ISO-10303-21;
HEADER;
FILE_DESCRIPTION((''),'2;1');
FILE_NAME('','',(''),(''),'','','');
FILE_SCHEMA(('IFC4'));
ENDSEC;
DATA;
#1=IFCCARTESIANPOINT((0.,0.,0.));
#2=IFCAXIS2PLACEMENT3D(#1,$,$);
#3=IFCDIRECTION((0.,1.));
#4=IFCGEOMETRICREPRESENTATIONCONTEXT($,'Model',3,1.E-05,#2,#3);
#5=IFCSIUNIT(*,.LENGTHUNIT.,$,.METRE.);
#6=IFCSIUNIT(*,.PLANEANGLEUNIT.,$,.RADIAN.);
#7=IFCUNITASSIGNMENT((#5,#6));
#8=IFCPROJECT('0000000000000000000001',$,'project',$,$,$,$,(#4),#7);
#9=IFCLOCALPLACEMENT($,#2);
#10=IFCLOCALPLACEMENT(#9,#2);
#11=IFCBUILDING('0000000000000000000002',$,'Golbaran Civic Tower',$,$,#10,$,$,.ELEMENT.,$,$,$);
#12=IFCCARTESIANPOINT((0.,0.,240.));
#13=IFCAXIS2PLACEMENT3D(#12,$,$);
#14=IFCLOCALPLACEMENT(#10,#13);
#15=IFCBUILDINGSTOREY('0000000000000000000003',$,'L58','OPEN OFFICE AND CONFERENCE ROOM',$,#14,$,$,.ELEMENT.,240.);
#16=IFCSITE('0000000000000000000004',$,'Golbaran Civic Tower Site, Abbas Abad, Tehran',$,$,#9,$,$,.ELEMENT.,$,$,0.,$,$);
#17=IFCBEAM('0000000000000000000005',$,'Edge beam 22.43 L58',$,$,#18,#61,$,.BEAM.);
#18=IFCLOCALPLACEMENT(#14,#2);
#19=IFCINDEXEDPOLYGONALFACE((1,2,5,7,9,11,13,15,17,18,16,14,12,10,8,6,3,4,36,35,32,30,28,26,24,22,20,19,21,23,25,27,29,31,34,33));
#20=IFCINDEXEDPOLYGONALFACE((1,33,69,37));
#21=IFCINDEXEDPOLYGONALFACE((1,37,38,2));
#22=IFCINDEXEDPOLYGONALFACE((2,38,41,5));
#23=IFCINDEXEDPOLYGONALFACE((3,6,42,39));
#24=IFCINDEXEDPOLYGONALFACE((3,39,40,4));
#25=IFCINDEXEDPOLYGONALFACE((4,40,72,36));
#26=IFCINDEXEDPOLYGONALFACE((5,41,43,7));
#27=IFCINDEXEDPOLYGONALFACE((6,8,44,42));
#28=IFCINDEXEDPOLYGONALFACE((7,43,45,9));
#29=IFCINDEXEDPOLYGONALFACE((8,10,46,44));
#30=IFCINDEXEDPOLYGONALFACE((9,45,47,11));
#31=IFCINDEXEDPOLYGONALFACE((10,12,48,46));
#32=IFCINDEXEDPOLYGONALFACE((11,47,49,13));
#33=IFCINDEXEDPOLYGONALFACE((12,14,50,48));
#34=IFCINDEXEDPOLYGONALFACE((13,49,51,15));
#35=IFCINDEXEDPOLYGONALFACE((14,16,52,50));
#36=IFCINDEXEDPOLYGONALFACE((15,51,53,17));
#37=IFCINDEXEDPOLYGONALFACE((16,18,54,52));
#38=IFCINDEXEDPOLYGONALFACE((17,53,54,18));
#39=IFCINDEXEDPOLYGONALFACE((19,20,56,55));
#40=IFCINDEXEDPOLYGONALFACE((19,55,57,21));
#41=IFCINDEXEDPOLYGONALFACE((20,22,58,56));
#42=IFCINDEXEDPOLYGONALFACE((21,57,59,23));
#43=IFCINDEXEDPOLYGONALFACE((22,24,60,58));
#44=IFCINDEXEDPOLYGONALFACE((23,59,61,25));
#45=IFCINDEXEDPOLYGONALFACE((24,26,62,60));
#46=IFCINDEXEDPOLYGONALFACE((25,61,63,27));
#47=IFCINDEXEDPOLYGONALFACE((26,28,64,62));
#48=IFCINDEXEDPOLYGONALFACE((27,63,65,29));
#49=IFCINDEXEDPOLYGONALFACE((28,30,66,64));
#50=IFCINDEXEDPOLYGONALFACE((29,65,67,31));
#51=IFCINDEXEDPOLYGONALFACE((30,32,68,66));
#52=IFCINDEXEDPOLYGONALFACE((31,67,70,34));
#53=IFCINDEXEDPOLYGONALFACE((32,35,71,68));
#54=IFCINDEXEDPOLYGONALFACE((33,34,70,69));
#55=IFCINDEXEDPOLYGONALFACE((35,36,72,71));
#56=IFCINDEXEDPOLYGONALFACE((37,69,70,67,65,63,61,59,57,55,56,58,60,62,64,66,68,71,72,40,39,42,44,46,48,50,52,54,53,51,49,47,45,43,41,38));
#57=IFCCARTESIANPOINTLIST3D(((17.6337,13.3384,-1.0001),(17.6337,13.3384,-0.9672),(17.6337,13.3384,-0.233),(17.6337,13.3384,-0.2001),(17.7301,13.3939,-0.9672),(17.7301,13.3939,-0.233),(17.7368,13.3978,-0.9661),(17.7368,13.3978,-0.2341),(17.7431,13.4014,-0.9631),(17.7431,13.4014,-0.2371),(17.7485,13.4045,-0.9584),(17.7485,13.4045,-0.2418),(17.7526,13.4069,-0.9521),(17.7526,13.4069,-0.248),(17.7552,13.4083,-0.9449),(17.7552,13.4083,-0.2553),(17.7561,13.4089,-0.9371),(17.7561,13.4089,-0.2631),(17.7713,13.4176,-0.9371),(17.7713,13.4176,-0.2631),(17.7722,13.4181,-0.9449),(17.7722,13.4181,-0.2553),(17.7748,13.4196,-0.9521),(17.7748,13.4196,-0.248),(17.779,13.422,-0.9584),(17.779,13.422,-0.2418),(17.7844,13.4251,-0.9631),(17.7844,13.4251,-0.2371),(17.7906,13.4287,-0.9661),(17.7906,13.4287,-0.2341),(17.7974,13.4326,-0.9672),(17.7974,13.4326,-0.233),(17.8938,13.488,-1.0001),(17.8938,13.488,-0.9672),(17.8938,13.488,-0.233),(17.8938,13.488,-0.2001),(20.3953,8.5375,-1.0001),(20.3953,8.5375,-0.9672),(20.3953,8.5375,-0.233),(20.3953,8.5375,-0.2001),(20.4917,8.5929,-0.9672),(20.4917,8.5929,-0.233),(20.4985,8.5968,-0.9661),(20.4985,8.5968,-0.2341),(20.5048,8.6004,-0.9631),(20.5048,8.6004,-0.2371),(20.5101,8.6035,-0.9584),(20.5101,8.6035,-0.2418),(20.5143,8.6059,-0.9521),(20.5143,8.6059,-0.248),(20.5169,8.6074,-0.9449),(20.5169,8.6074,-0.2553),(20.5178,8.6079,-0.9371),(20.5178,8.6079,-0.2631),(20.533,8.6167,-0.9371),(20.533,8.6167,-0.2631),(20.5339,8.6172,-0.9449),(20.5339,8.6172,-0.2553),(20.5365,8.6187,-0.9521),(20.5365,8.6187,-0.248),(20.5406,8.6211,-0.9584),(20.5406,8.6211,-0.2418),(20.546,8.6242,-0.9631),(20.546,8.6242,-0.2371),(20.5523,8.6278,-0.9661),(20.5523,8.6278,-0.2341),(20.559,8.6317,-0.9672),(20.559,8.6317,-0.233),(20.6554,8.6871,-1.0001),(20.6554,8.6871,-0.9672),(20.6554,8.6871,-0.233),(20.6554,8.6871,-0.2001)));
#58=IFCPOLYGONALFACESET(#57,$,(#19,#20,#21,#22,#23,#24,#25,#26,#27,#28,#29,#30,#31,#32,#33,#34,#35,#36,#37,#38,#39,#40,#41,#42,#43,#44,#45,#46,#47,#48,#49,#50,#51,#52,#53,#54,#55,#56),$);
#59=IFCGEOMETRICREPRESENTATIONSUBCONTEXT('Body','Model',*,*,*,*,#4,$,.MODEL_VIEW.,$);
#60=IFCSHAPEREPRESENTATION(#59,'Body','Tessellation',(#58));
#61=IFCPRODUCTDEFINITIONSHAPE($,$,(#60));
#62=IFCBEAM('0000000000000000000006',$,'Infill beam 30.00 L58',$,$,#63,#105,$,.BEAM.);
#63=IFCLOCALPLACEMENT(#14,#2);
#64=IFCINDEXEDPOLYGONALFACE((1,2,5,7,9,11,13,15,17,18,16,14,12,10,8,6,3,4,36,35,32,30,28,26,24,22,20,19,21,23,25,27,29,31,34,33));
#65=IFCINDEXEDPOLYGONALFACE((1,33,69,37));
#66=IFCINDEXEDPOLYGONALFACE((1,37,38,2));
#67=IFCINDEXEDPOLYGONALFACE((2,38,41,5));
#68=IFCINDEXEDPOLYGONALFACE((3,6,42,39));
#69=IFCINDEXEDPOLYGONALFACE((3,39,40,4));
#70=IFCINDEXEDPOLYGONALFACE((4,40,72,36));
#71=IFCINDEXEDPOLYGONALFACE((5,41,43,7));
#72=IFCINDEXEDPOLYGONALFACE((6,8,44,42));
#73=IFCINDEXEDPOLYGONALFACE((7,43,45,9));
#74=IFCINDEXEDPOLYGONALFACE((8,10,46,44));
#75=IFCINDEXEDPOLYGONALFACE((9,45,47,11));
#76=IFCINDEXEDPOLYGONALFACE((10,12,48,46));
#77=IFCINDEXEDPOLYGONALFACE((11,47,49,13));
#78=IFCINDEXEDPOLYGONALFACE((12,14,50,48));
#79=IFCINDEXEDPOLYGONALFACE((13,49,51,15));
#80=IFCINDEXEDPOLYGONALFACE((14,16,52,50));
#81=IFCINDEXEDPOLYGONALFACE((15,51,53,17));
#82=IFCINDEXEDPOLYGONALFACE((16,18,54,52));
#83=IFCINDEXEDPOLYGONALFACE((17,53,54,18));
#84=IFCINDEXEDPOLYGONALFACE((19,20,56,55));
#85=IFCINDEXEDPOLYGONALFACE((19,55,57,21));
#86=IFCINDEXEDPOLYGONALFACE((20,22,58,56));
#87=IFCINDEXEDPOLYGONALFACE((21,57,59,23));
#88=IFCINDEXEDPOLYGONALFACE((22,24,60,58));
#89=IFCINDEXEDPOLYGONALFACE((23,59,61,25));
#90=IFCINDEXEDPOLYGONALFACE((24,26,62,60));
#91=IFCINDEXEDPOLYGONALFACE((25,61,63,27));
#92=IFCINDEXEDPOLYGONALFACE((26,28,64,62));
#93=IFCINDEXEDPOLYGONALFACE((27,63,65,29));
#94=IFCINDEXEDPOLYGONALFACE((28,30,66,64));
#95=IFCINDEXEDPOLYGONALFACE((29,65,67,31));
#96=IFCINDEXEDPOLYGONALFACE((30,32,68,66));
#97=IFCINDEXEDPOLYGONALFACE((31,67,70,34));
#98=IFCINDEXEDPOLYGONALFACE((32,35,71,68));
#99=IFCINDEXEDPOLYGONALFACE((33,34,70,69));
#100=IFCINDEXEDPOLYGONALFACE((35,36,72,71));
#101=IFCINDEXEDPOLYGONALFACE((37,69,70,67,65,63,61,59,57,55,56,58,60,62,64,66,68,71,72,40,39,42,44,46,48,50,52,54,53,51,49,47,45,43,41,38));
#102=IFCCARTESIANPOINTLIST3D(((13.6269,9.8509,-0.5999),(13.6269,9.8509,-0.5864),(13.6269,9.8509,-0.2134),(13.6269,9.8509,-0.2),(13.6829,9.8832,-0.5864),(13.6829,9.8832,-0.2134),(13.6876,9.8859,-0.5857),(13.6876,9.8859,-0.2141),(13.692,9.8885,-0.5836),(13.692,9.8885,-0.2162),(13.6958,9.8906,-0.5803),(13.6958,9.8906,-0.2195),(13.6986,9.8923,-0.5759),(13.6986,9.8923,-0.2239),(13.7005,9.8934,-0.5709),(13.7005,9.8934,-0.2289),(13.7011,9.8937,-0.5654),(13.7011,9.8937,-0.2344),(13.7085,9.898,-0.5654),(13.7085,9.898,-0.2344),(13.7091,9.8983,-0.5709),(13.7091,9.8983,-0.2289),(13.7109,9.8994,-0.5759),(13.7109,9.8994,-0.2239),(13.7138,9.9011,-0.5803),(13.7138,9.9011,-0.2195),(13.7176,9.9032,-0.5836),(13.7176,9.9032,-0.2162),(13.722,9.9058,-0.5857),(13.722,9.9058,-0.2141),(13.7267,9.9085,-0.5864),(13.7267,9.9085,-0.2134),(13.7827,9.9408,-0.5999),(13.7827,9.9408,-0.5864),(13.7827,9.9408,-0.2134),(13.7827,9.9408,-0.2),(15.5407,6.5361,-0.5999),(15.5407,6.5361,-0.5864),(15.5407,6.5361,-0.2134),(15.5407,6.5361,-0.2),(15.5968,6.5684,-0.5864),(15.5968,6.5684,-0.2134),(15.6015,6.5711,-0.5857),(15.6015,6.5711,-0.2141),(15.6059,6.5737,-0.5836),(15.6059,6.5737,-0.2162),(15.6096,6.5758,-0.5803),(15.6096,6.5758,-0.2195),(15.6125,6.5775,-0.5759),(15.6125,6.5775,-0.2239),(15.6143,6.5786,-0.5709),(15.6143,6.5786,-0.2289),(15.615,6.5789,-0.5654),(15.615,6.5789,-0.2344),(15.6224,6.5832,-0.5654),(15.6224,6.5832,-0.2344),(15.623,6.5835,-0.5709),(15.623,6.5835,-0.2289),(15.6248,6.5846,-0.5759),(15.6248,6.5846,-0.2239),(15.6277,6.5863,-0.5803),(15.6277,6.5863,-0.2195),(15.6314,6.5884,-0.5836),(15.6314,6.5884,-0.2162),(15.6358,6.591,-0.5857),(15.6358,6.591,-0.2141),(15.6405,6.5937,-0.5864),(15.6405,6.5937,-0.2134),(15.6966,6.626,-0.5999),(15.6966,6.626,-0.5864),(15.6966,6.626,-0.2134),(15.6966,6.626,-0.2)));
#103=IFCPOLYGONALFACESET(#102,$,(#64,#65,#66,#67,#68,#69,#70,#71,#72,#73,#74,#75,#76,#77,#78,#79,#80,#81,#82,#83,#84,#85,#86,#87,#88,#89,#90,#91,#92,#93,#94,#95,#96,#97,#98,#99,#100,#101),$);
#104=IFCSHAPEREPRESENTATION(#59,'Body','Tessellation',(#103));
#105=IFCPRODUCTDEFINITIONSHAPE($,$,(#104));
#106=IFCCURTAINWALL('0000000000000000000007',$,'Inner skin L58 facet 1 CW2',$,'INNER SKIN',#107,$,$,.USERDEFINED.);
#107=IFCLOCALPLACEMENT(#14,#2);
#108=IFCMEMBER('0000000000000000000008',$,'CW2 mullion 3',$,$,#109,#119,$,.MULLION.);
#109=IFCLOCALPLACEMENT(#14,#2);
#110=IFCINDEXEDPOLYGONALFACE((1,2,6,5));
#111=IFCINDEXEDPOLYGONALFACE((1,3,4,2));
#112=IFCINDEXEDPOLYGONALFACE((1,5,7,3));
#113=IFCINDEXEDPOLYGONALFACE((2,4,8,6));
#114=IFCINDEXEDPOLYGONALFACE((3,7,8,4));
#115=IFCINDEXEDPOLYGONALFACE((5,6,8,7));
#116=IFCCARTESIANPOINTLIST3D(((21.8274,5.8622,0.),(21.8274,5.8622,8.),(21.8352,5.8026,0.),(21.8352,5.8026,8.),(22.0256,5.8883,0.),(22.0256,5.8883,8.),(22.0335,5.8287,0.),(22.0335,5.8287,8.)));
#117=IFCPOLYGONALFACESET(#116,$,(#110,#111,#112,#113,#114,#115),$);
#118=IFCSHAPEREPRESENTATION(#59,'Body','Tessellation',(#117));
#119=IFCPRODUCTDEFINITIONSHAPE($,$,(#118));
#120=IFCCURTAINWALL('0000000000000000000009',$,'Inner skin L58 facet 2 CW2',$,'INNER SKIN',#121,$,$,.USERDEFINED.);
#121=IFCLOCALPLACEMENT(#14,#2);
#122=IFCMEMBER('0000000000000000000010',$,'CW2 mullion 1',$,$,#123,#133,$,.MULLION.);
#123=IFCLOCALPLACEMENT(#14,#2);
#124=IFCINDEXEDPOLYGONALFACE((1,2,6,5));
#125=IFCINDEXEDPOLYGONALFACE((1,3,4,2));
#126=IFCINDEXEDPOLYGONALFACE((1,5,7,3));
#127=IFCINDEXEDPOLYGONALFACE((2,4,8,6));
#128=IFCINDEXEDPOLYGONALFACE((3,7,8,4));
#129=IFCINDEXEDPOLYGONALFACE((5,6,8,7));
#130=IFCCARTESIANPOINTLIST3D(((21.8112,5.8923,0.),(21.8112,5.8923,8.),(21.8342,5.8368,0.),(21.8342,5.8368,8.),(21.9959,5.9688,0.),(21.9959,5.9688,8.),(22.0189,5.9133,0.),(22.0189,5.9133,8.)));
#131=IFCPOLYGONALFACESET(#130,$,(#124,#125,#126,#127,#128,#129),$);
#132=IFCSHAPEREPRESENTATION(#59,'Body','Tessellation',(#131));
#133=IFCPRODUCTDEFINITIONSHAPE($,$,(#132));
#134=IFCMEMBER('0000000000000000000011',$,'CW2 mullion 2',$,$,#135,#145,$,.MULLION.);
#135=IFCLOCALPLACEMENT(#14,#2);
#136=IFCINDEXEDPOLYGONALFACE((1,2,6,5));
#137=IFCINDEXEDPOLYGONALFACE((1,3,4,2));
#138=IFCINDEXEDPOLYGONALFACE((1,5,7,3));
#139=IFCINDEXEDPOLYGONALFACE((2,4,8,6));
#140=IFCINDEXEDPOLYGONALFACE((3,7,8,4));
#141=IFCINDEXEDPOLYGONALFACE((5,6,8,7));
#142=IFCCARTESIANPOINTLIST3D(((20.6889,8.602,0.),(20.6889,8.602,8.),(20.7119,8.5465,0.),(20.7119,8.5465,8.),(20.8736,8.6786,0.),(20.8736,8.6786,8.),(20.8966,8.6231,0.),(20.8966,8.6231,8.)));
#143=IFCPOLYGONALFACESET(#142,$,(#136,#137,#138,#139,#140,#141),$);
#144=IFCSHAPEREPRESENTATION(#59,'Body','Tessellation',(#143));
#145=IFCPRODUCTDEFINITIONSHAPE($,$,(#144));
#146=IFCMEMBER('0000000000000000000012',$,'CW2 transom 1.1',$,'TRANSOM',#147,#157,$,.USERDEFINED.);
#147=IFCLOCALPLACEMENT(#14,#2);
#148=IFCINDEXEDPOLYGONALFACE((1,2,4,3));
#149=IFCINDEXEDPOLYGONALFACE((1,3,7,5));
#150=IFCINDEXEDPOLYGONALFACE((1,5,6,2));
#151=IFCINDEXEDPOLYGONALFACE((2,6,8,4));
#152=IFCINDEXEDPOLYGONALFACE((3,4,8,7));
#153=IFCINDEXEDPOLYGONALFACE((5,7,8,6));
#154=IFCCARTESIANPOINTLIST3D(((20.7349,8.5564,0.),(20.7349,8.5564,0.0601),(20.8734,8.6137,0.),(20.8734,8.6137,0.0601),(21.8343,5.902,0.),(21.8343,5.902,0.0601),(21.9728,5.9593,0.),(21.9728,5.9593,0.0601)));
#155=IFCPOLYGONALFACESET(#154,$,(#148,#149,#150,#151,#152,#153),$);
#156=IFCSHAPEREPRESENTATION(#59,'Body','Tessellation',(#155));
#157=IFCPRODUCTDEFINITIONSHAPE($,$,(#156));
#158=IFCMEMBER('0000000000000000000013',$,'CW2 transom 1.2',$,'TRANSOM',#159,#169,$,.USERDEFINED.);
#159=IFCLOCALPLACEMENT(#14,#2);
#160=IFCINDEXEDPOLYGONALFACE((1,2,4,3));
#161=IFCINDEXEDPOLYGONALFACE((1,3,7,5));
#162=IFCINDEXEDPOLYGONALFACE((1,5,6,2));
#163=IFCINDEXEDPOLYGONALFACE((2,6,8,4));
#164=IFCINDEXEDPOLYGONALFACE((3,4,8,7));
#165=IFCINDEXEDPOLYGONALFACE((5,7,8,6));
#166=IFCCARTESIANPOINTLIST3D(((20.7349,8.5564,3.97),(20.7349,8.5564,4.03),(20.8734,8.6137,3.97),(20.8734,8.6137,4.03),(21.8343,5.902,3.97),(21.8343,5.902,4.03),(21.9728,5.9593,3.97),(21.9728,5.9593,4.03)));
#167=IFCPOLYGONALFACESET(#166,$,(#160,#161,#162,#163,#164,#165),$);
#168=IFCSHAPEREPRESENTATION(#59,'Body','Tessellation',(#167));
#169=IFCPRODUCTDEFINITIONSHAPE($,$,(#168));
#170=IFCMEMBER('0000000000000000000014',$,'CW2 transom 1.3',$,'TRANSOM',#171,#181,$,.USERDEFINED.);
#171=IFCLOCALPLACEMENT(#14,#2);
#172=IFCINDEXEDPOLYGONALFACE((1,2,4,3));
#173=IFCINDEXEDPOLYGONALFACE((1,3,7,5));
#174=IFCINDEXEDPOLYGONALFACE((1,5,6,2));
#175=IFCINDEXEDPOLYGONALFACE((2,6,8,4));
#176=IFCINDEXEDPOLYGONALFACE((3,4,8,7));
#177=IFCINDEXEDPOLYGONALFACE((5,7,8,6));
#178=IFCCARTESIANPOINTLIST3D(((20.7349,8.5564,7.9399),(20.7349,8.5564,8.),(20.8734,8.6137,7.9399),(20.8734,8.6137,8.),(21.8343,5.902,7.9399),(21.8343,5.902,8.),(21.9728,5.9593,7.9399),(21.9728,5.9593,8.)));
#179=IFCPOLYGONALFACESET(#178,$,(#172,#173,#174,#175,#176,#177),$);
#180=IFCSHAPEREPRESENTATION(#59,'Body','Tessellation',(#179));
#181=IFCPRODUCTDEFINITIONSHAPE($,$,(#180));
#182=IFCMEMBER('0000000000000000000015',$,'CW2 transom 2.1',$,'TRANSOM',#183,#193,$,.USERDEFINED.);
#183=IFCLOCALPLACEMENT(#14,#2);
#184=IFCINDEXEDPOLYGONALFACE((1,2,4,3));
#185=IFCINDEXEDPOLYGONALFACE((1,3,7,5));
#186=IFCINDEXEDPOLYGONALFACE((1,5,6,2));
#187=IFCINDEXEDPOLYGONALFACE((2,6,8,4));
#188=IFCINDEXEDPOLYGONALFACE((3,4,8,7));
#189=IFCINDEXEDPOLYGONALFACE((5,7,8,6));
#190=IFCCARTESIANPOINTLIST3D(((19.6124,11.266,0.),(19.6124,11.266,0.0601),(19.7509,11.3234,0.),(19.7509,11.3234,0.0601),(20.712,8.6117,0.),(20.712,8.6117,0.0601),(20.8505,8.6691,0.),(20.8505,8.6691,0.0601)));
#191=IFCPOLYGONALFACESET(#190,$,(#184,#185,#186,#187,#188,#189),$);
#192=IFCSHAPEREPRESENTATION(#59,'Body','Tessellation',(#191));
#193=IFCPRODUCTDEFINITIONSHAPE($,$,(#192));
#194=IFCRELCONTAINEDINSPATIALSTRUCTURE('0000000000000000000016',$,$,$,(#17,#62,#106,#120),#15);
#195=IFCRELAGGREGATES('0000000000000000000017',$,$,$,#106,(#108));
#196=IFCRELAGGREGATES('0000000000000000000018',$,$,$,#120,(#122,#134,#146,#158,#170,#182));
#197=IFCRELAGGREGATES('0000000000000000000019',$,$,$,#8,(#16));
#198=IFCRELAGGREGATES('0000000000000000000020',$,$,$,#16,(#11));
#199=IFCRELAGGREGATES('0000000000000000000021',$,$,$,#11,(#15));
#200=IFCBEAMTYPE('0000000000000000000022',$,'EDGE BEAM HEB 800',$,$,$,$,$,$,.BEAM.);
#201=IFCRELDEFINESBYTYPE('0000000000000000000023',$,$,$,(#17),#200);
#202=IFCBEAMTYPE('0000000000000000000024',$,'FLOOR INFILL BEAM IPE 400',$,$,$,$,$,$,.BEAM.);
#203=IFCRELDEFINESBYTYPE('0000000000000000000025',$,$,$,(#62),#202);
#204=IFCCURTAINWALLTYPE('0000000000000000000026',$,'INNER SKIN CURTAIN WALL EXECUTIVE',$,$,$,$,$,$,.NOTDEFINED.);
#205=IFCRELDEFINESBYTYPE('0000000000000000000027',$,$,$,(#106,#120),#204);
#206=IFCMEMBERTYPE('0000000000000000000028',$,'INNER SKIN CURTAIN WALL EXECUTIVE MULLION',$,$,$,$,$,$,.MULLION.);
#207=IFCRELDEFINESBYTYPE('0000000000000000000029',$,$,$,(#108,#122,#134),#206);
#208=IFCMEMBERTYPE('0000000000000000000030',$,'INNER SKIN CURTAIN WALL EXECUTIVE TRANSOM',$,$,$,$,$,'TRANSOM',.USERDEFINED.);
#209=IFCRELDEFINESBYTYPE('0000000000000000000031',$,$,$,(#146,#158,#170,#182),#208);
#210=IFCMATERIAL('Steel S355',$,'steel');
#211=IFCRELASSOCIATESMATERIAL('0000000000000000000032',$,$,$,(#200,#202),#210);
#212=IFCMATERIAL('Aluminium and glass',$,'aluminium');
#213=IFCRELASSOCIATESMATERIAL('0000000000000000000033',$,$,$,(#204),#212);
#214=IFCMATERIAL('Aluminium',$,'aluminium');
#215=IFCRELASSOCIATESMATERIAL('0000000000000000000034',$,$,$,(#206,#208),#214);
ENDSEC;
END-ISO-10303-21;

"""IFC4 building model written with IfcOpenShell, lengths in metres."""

from ifc_helpers import new_model, si_unit, direction, frame, origin, origin_2d, place, context, subcontext, project, spatial, rectangle, i_section, extrude, material, material_profile, profile_set, type_object, element, aggregate, save


model = new_model("IFC4")

# Units and contexts
model_context = context("Model", 3, precision=1e-05, world=origin(), true_north=direction((0.0, 1.0)))
body_context = subcontext(model_context, "Body", "Model", "MODEL_VIEW")
ifc_project = project(units=[si_unit("LENGTHUNIT", "METRE"), si_unit("PLANEANGLEUNIT", "RADIAN")], contexts=[model_context])

# Site, building, storey
site_placement = place(None, origin())
site = spatial("IfcSite", under=ifc_project, at=site_placement, Name="Golbaran Civic Tower Site, Abbas Abad, Tehran", CompositionType="ELEMENT", RefElevation=0.0)
building_placement = place(site_placement, origin())
building = spatial("IfcBuilding", under=site, at=building_placement, Name="Golbaran Civic Tower", CompositionType="ELEMENT")
storey_placement = place(building_placement, frame((0.0, 0.0, 240.0)))
storey = spatial("IfcBuildingStorey", under=building, at=storey_placement, Name="L58", Description="OPEN OFFICE AND CONFERENCE ROOM", CompositionType="ELEMENT", Elevation=240.0)

# Beams
ifc_material_1 = material(Name="Steel S355", Category="steel")
ifc_material_profile_1 = material_profile(ifc_material_1, i_section(OverallWidth=0.3, OverallDepth=0.8, WebThickness=0.0176, FlangeThickness=0.033, FilletRadius=0.03, at=origin_2d()), Name="HEB 800")
ifc_profile_set_1 = profile_set([ifc_material_profile_1], Name="Steel S355")
beam_type_1 = type_object("IfcBeamType", Name="EDGE BEAM HEB 800", PredefinedType="BEAM", material=ifc_profile_set_1)
beam_1_placement = place(storey_placement, frame((20.5254, 8.6123, -0.6001), z_axis=(-0.498624, 0.866818, 0.0), x_axis=(-0.866818, -0.498624, 0.0)))
element("IfcBeam", 1, at=beam_1_placement, inside=storey, type_object=beam_type_1, Name="Edge beam 22.43 L58", PredefinedType="BEAM", context=body_context, shape_type="SweptSolid", body=[
    extrude(i_section(OverallWidth=0.3, OverallDepth=0.8, WebThickness=0.0176, FlangeThickness=0.033, FilletRadius=0.03, at=origin_2d()), origin(), (0.0, 0.0, 1.0), 5.5386),
])
ifc_material_profile_2 = material_profile(ifc_material_1, i_section(OverallWidth=0.1799, OverallDepth=0.3999, WebThickness=0.0085, FlangeThickness=0.0134, FilletRadius=0.021, at=origin_2d()), Name="IPE 400")
ifc_profile_set_2 = profile_set([ifc_material_profile_2], Name="Steel S355")
beam_type_2 = type_object("IfcBeamType", Name="FLOOR INFILL BEAM IPE 400", PredefinedType="BEAM", material=ifc_profile_set_2)
beam_2_placement = place(storey_placement, frame((15.6187, 6.5811, -0.3999), z_axis=(-0.500015, 0.866017, 0.0), x_axis=(-0.866017, -0.500015, 0.0)))
element("IfcBeam", 2, at=beam_2_placement, inside=storey, type_object=beam_type_2, Name="Infill beam 30.00 L58", PredefinedType="BEAM", context=body_context, shape_type="SweptSolid", body=[
    extrude(i_section(OverallWidth=0.1799, OverallDepth=0.3999, WebThickness=0.0085, FlangeThickness=0.0134, FilletRadius=0.021, at=origin_2d()), origin(), (0.0, 0.0, 1.0), 3.8276),
])

# Curtain wall, member
ifc_material_2 = material(Name="Aluminium and glass", Category="aluminium")
curtain_wall_type = type_object("IfcCurtainWallType", Name="INNER SKIN CURTAIN WALL EXECUTIVE", PredefinedType="NOTDEFINED", material=ifc_material_2)
curtain_wall_1_placement = place(storey_placement, origin())
curtain_wall_1 = element("IfcCurtainWall", 3, at=curtain_wall_1_placement, inside=storey, type_object=curtain_wall_type, Name="Inner skin L58 facet 1 CW2", ObjectType="INNER SKIN", PredefinedType="USERDEFINED")
ifc_material_3 = material(Name="Aluminium", Category="aluminium")
ifc_material_profile_3 = material_profile(ifc_material_3, rectangle(XDim=0.2, YDim=0.0601, at=origin_2d()), Name="INNER SKIN CURTAIN WALL EXECUTIVE MULLION")
ifc_profile_set_3 = profile_set([ifc_material_profile_3], Name="Aluminium")
member_type_1 = type_object("IfcMemberType", Name="INNER SKIN CURTAIN WALL EXECUTIVE MULLION", PredefinedType="MULLION", material=ifc_profile_set_3)
member_1_placement = place(storey_placement, frame((21.9304, 5.8455, 0.0), z_axis=(0.0, 0.0, 1.0), x_axis=(-0.991445, -0.130526, 0.0)))
member_1 = element("IfcMember", 4, at=member_1_placement, type_object=member_type_1, Name="CW2 mullion 3", PredefinedType="MULLION", context=body_context, shape_type="SweptSolid", body=[
    extrude(rectangle(XDim=0.2, YDim=0.0601, at=origin_2d()), origin(), (0.0, 0.0, 1.0), 8.0),
])
aggregate(curtain_wall_1, [member_1])

# Curtain wall, members
curtain_wall_2_placement = place(storey_placement, origin())
curtain_wall_2 = element("IfcCurtainWall", 5, at=curtain_wall_2_placement, inside=storey, type_object=curtain_wall_type, Name="Inner skin L58 facet 2 CW2", ObjectType="INNER SKIN", PredefinedType="USERDEFINED")
member_2_placement = place(storey_placement, frame((21.915, 5.9028, 0.0), z_axis=(0.0, 0.0, 1.0), x_axis=(-0.92388, -0.382683, 0.0)))
member_2 = element("IfcMember", 6, at=member_2_placement, type_object=member_type_1, Name="CW2 mullion 1", PredefinedType="MULLION", context=body_context, shape_type="SweptSolid", body=[
    extrude(rectangle(XDim=0.2, YDim=0.0601, at=origin_2d()), origin(), (0.0, 0.0, 1.0), 8.0),
])
member_3_placement = place(storey_placement, frame((20.7927, 8.6125, 0.0), z_axis=(0.0, 0.0, 1.0), x_axis=(-0.92388, -0.382683, 0.0)))
member_3 = element("IfcMember", 7, at=member_3_placement, type_object=member_type_1, Name="CW2 mullion 2", PredefinedType="MULLION", context=body_context, shape_type="SweptSolid", body=[
    extrude(rectangle(XDim=0.2, YDim=0.0601, at=origin_2d()), origin(), (0.0, 0.0, 1.0), 8.0),
])
ifc_material_profile_4 = material_profile(ifc_material_3, rectangle(XDim=0.1499, YDim=0.0601, at=origin_2d()), Name="INNER SKIN CURTAIN WALL EXECUTIVE TRANSOM")
ifc_profile_set_4 = profile_set([ifc_material_profile_4], Name="Aluminium")
member_type_2 = type_object("IfcMemberType", Name="INNER SKIN CURTAIN WALL EXECUTIVE TRANSOM", ElementType="TRANSOM", PredefinedType="USERDEFINED", material=ifc_profile_set_4)
member_4_placement = place(storey_placement, frame((21.9036, 5.9307, 0.03), z_axis=(-0.38266, 0.923889, 0.0), x_axis=(-0.923889, -0.38266, 0.0)))
member_4 = element("IfcMember", 8, at=member_4_placement, type_object=member_type_2, Name="CW2 transom 1.1", ObjectType="TRANSOM", PredefinedType="USERDEFINED", context=body_context, shape_type="SweptSolid", body=[
    extrude(rectangle(XDim=0.1499, YDim=0.0601, at=origin_2d()), origin(), (0.0, 0.0, 1.0), 2.873),
])
member_5_placement = place(storey_placement, frame((21.9036, 5.9307, 4.0), z_axis=(-0.38266, 0.923889, 0.0), x_axis=(-0.923889, -0.38266, 0.0)))
member_5 = element("IfcMember", 9, at=member_5_placement, type_object=member_type_2, Name="CW2 transom 1.2", ObjectType="TRANSOM", PredefinedType="USERDEFINED", context=body_context, shape_type="SweptSolid", body=[
    extrude(rectangle(XDim=0.1499, YDim=0.0601, at=origin_2d()), origin(), (0.0, 0.0, 1.0), 2.873),
])
member_6_placement = place(storey_placement, frame((21.9036, 5.9307, 7.97), z_axis=(-0.38266, 0.923889, 0.0), x_axis=(-0.923889, -0.38266, 0.0)))
member_6 = element("IfcMember", 10, at=member_6_placement, type_object=member_type_2, Name="CW2 transom 1.3", ObjectType="TRANSOM", PredefinedType="USERDEFINED", context=body_context, shape_type="SweptSolid", body=[
    extrude(rectangle(XDim=0.1499, YDim=0.0601, at=origin_2d()), origin(), (0.0, 0.0, 1.0), 2.873),
])
member_7_placement = place(storey_placement, frame((20.7812, 8.6404, 0.03), z_axis=(-0.382732, 0.923859, 0.0), x_axis=(-0.923859, -0.382732, 0.0)))
member_7 = element("IfcMember", 11, at=member_7_placement, type_object=member_type_2, Name="CW2 transom 2.1", ObjectType="TRANSOM", PredefinedType="USERDEFINED", context=body_context, shape_type="SweptSolid", body=[
    extrude(rectangle(XDim=0.1499, YDim=0.0601, at=origin_2d()), origin(), (0.0, 0.0, 1.0), 2.873),
])
aggregate(curtain_wall_2, [member_2, member_3, member_4, member_5, member_6, member_7])

save(model, "model.ifc")
